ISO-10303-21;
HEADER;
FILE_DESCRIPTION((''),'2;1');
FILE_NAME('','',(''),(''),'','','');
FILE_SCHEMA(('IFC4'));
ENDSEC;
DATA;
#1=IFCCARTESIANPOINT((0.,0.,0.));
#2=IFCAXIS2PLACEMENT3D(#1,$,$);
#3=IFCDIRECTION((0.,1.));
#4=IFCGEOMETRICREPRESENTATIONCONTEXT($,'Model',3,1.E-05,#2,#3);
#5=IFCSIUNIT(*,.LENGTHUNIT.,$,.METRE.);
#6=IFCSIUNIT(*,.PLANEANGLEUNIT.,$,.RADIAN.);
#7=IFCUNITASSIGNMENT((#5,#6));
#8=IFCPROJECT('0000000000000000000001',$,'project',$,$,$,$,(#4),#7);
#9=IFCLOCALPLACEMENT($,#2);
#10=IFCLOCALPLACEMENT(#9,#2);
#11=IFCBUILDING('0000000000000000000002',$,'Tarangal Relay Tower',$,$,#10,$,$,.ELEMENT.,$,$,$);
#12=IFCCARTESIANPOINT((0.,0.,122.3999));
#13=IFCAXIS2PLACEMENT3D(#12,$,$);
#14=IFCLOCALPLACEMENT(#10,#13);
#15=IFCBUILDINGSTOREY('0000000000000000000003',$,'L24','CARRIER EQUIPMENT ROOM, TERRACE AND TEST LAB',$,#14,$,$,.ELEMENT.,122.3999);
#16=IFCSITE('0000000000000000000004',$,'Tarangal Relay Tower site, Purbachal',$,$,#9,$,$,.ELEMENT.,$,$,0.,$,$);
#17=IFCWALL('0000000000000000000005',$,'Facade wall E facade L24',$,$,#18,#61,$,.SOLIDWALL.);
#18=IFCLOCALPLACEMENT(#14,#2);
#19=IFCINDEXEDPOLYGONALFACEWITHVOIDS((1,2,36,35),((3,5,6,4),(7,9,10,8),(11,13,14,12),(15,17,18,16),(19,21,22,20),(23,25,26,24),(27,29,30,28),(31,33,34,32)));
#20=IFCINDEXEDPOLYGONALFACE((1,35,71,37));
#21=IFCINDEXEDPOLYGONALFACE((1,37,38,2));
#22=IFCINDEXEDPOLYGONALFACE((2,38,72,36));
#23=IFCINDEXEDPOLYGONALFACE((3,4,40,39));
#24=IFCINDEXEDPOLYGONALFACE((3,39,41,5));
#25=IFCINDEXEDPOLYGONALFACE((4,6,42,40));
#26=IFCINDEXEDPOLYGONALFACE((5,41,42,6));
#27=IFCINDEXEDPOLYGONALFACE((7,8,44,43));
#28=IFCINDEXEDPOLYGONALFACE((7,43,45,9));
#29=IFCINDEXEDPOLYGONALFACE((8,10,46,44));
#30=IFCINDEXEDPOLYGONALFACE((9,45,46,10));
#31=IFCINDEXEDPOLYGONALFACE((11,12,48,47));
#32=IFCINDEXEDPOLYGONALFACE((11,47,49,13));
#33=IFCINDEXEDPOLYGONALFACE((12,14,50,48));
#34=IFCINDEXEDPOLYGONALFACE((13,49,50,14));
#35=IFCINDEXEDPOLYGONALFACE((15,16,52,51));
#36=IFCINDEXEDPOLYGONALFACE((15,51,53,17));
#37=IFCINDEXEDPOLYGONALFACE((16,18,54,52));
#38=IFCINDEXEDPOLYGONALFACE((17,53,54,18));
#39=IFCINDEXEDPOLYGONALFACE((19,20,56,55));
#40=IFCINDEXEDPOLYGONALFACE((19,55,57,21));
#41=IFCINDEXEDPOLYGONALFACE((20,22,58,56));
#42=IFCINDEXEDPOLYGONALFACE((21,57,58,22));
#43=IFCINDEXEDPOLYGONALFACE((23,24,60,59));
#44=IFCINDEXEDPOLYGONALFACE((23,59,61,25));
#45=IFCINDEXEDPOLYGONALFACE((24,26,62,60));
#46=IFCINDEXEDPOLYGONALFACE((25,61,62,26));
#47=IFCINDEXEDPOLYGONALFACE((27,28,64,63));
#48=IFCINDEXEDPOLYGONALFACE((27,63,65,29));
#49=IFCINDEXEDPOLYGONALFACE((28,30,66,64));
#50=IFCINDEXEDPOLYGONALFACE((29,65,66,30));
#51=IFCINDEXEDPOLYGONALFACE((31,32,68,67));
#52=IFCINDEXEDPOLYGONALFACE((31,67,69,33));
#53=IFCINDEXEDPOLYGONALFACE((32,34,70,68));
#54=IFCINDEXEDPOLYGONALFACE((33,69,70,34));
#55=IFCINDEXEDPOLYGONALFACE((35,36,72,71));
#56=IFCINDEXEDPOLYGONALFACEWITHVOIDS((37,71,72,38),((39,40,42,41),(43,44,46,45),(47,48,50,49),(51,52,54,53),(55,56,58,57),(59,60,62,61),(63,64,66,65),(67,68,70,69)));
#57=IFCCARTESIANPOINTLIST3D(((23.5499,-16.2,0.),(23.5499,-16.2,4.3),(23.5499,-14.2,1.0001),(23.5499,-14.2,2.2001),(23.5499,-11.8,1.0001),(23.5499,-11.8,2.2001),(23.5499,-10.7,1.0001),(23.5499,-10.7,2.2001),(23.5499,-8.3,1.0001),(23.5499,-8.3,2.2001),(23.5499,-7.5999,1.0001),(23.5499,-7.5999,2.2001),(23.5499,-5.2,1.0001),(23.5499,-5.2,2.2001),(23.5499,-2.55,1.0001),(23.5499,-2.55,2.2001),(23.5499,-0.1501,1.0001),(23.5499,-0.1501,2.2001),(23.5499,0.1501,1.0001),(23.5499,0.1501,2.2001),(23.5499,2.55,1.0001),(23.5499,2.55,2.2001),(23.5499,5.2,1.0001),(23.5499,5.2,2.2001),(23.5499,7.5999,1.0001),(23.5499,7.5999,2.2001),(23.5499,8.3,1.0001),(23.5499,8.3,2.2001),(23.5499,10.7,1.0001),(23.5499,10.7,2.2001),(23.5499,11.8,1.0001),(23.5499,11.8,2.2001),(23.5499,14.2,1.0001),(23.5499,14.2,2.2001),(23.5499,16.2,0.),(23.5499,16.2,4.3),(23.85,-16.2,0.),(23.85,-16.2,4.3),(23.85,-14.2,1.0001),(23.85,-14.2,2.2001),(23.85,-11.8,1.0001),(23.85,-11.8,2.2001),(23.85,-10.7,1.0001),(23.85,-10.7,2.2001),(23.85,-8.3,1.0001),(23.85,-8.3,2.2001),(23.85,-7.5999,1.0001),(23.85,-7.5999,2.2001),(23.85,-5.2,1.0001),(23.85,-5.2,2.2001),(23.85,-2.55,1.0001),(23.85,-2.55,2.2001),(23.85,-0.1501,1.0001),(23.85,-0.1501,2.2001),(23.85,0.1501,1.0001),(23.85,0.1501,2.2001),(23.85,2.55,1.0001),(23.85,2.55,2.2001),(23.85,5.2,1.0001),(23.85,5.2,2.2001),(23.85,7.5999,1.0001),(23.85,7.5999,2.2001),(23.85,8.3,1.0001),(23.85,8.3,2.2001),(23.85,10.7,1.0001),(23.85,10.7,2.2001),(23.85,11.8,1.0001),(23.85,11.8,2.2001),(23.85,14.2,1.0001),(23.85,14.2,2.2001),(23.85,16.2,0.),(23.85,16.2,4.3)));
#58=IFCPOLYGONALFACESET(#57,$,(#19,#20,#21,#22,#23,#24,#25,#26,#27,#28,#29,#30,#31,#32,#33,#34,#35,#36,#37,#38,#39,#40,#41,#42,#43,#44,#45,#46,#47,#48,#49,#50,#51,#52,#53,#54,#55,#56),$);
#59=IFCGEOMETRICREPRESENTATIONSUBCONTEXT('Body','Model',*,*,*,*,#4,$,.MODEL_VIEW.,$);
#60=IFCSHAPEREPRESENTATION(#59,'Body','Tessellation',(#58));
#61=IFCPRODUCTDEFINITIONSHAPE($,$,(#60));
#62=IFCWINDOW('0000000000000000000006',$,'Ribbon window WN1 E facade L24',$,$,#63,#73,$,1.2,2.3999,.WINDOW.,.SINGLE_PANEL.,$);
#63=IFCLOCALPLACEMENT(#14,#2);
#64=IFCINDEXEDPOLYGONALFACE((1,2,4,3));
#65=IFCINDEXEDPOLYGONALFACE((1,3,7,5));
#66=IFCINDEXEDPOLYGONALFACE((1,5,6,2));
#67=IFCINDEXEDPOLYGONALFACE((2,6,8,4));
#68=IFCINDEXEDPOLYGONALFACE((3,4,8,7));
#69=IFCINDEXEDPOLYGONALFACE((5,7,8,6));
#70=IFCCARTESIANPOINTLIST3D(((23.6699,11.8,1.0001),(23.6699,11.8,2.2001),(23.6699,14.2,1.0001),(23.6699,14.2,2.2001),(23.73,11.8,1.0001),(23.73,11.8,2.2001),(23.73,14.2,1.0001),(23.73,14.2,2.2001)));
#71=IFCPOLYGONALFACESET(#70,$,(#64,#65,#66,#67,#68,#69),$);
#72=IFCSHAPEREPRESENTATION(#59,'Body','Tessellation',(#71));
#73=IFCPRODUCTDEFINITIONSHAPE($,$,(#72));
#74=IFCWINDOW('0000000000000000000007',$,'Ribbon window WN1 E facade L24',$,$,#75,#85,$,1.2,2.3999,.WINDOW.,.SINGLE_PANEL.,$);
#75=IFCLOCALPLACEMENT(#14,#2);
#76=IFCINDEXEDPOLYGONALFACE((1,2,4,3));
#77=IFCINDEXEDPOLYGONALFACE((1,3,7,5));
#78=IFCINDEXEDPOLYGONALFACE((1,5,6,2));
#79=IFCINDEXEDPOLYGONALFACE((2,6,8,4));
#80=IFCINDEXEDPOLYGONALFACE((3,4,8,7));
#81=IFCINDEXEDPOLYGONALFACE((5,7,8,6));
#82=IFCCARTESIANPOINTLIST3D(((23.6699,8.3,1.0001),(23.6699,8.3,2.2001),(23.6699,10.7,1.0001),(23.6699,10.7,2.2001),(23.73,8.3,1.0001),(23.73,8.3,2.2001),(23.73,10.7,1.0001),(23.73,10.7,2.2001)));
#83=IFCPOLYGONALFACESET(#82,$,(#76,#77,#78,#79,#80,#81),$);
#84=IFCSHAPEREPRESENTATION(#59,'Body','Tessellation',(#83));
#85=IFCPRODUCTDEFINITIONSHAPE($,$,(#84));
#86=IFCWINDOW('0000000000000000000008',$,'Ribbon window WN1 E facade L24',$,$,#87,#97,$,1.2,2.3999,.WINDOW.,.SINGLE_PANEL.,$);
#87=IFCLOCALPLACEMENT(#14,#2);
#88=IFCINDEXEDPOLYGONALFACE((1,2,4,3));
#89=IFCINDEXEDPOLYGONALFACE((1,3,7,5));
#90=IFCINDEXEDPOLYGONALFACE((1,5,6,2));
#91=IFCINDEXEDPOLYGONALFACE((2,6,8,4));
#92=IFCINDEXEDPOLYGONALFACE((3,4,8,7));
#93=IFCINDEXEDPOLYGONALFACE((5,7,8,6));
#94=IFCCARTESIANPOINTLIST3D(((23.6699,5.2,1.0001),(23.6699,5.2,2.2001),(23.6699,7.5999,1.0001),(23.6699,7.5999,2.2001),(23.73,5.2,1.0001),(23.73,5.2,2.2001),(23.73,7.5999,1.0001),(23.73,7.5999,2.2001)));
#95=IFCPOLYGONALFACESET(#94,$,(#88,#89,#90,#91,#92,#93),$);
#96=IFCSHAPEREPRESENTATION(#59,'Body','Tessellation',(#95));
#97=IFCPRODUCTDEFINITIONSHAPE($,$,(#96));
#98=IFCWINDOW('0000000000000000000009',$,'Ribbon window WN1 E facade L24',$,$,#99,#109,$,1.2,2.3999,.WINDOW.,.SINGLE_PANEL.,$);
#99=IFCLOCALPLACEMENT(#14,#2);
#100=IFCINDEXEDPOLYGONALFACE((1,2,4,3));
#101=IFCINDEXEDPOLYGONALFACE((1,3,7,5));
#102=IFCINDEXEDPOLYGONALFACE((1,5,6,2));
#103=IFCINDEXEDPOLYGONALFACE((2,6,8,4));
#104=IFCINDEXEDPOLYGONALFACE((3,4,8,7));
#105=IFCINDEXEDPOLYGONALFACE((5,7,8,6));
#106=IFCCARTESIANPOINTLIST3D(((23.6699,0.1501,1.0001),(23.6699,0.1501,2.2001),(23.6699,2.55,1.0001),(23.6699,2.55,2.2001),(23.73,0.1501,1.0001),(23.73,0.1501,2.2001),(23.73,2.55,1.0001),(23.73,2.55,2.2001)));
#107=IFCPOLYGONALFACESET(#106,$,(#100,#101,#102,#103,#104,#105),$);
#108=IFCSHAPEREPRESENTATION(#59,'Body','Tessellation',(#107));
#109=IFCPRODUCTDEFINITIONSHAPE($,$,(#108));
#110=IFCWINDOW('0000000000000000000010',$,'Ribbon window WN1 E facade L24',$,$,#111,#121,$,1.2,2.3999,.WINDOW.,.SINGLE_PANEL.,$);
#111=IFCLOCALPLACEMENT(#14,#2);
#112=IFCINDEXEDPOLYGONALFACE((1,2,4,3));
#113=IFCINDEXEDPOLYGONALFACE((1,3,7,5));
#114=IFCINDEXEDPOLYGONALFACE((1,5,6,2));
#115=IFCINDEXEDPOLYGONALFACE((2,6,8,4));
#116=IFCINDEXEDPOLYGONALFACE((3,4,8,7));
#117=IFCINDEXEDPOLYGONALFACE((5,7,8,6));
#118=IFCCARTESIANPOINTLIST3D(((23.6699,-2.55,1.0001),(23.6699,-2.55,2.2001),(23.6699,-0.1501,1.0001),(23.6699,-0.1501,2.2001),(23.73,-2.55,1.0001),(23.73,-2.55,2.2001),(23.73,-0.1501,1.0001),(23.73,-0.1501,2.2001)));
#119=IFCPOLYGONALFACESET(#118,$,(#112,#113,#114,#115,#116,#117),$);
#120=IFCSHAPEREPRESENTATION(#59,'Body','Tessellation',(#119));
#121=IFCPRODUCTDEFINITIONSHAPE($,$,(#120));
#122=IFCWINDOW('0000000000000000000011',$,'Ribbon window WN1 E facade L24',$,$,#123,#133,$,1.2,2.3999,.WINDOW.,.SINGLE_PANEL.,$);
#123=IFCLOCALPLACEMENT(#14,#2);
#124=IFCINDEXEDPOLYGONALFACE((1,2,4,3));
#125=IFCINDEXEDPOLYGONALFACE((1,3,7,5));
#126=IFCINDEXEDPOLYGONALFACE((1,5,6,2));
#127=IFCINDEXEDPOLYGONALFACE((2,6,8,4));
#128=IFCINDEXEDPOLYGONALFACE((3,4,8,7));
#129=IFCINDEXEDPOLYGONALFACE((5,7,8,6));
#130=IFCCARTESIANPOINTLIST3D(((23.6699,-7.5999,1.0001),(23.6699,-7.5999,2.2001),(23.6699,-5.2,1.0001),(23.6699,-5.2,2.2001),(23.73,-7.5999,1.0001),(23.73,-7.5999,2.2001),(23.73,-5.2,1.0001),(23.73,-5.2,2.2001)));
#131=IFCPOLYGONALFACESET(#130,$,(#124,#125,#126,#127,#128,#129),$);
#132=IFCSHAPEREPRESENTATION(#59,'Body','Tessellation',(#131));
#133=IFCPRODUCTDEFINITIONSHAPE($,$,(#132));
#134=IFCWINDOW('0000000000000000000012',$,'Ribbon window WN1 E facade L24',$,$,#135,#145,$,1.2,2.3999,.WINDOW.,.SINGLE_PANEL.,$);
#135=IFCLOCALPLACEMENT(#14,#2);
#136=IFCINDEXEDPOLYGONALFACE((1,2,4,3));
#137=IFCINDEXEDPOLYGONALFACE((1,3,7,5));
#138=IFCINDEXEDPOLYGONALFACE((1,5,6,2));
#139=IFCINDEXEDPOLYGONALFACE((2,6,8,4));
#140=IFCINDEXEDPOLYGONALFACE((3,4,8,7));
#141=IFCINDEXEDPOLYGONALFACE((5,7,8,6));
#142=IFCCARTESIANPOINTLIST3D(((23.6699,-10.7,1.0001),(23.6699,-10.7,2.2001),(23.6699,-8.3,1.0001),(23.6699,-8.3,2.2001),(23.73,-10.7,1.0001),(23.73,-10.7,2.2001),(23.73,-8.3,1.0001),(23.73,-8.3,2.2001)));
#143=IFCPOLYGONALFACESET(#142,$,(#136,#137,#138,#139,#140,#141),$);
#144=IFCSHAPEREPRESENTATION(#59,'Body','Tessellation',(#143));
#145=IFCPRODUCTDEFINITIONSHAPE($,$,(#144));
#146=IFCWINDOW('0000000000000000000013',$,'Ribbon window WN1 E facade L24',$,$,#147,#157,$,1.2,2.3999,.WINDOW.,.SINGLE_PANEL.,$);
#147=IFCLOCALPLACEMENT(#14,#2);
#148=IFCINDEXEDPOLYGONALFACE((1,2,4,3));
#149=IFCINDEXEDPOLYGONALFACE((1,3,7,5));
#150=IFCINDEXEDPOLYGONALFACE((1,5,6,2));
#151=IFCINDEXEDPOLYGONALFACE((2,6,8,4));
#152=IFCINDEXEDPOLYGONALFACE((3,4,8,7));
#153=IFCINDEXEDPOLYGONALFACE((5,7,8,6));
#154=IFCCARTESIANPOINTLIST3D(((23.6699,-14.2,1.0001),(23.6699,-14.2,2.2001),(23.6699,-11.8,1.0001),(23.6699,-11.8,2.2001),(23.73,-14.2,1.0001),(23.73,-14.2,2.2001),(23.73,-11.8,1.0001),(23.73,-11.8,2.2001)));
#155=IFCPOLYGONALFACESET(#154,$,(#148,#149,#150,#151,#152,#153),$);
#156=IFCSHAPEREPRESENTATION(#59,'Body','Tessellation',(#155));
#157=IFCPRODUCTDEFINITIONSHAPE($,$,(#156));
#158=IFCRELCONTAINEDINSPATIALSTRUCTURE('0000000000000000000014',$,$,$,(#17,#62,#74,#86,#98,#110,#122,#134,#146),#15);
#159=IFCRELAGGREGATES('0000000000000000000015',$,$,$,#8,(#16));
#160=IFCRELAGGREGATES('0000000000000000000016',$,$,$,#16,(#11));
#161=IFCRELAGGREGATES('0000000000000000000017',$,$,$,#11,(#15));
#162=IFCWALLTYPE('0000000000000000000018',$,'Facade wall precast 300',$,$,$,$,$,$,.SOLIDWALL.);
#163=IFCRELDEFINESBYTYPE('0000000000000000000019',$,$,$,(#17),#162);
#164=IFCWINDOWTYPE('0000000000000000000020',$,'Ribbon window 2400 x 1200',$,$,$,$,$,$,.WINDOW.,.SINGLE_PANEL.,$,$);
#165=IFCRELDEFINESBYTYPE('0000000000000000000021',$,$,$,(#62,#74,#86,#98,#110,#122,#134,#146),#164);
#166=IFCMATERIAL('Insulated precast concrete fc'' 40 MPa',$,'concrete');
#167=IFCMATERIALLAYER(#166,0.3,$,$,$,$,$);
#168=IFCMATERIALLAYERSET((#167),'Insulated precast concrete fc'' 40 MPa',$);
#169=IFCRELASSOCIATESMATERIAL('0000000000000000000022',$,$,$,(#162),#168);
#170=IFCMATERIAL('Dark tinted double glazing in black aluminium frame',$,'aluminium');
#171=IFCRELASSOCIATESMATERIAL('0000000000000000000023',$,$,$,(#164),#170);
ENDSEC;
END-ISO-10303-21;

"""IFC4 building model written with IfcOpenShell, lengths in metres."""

from ifc_helpers import new_model, si_unit, direction, frame, frame_2d, origin, place, context, subcontext, project, spatial, rectangle, extrude, material, layer, layer_set, type_object, element, fill, save


model = new_model("IFC4")

# Units and contexts
model_context = context("Model", 3, precision=1e-05, world=origin(), true_north=direction((0.0, 1.0)))
body_context = subcontext(model_context, "Body", "Model", "MODEL_VIEW")
ifc_project = project(units=[si_unit("LENGTHUNIT", "METRE"), si_unit("PLANEANGLEUNIT", "RADIAN")], contexts=[model_context])

# Site, building, storey
site_placement = place(None, origin())
site = spatial("IfcSite", under=ifc_project, at=site_placement, Name="Tarangal Relay Tower site, Purbachal", CompositionType="ELEMENT", RefElevation=0.0)
building_placement = place(site_placement, origin())
building = spatial("IfcBuilding", under=site, at=building_placement, Name="Tarangal Relay Tower", CompositionType="ELEMENT")
storey_placement = place(building_placement, frame((0.0, 0.0, 122.3999)))
storey = spatial("IfcBuildingStorey", under=building, at=storey_placement, Name="L24", Description="CARRIER EQUIPMENT ROOM, TERRACE AND TEST LAB", CompositionType="ELEMENT", Elevation=122.3999)

# Shared definitions
ifc_material_1 = material(Name="Insulated precast concrete fc' 40 MPa", Category="concrete")
ifc_layer_1 = layer(ifc_material_1, 0.3)
ifc_layer_set_1 = layer_set([ifc_layer_1], Name="Insulated precast concrete fc' 40 MPa")
wall_type_1 = type_object("IfcWallType", Name="Facade wall precast 300", PredefinedType="SOLIDWALL", material=ifc_layer_set_1)

# Wall, openings, windows
wall_1_placement = place(storey_placement, frame((23.7, 16.2, 0.0), z_axis=(0.0, 0.0, 1.0), x_axis=(0.0, -1.0, 0.0)))
wall_1 = element("IfcWall", 1, at=wall_1_placement, inside=storey, type_object=wall_type_1, Name="Facade wall E facade L24", PredefinedType="SOLIDWALL", context=body_context, shape_type="SweptSolid", body=[
    extrude(rectangle(XDim=32.3999, YDim=0.3, at=frame_2d((16.2, 0.0))), origin(), (0.0, 0.0, 1.0), 4.3),
])
opening_1_placement = place(wall_1_placement, frame((2.0, 0.0, 1.0)))
opening_1 = element("IfcOpeningElement", 2, at=opening_1_placement, cuts=wall_1, PredefinedType="OPENING", context=body_context, shape_type="SweptSolid", body=[
    extrude(rectangle(XDim=2.3999, YDim=1.2, at=frame_2d((1.2, 0.6001))), frame((0.0, 0.1599, 0.0), z_axis=(0.0, -1.0, 0.0), x_axis=(1.0, 0.0, 0.0)), (0.0, 0.0, 1.0), 0.3201),
])
opening_2_placement = place(wall_1_placement, frame((5.5, 0.0, 1.0)))
opening_2 = element("IfcOpeningElement", 3, at=opening_2_placement, cuts=wall_1, PredefinedType="OPENING", context=body_context, shape_type="SweptSolid", body=[
    extrude(rectangle(XDim=2.3999, YDim=1.2, at=frame_2d((1.2, 0.6001))), frame((0.0, 0.1599, 0.0), z_axis=(0.0, -1.0, 0.0), x_axis=(1.0, 0.0, 0.0)), (0.0, 0.0, 1.0), 0.3201),
])
opening_3_placement = place(wall_1_placement, frame((8.6001, 0.0, 1.0)))
opening_3 = element("IfcOpeningElement", 4, at=opening_3_placement, cuts=wall_1, PredefinedType="OPENING", context=body_context, shape_type="SweptSolid", body=[
    extrude(rectangle(XDim=2.3999, YDim=1.2, at=frame_2d((1.2, 0.6001))), frame((0.0, 0.1599, 0.0), z_axis=(0.0, -1.0, 0.0), x_axis=(1.0, 0.0, 0.0)), (0.0, 0.0, 1.0), 0.3201),
])
opening_4_placement = place(wall_1_placement, frame((13.6499, 0.0, 1.0)))
opening_4 = element("IfcOpeningElement", 5, at=opening_4_placement, cuts=wall_1, PredefinedType="OPENING", context=body_context, shape_type="SweptSolid", body=[
    extrude(rectangle(XDim=2.3999, YDim=1.2, at=frame_2d((1.2, 0.6001))), frame((0.0, 0.1599, 0.0), z_axis=(0.0, -1.0, 0.0), x_axis=(1.0, 0.0, 0.0)), (0.0, 0.0, 1.0), 0.3201),
])
opening_5_placement = place(wall_1_placement, frame((16.3501, 0.0, 1.0)))
opening_5 = element("IfcOpeningElement", 6, at=opening_5_placement, cuts=wall_1, PredefinedType="OPENING", context=body_context, shape_type="SweptSolid", body=[
    extrude(rectangle(XDim=2.3999, YDim=1.2, at=frame_2d((1.2, 0.6001))), frame((0.0, 0.1599, 0.0), z_axis=(0.0, -1.0, 0.0), x_axis=(1.0, 0.0, 0.0)), (0.0, 0.0, 1.0), 0.3201),
])
opening_6_placement = place(wall_1_placement, frame((21.3999, 0.0, 1.0)))
opening_6 = element("IfcOpeningElement", 7, at=opening_6_placement, cuts=wall_1, PredefinedType="OPENING", context=body_context, shape_type="SweptSolid", body=[
    extrude(rectangle(XDim=2.3999, YDim=1.2, at=frame_2d((1.2, 0.6001))), frame((0.0, 0.1599, 0.0), z_axis=(0.0, -1.0, 0.0), x_axis=(1.0, 0.0, 0.0)), (0.0, 0.0, 1.0), 0.3201),
])
opening_7_placement = place(wall_1_placement, frame((24.5, 0.0, 1.0)))
opening_7 = element("IfcOpeningElement", 8, at=opening_7_placement, cuts=wall_1, PredefinedType="OPENING", context=body_context, shape_type="SweptSolid", body=[
    extrude(rectangle(XDim=2.3999, YDim=1.2, at=frame_2d((1.2, 0.6001))), frame((0.0, 0.1599, 0.0), z_axis=(0.0, -1.0, 0.0), x_axis=(1.0, 0.0, 0.0)), (0.0, 0.0, 1.0), 0.3201),
])
opening_8_placement = place(wall_1_placement, frame((28.0, 0.0, 1.0)))
opening_8 = element("IfcOpeningElement", 9, at=opening_8_placement, cuts=wall_1, PredefinedType="OPENING", context=body_context, shape_type="SweptSolid", body=[
    extrude(rectangle(XDim=2.3999, YDim=1.2, at=frame_2d((1.2, 0.6001))), frame((0.0, 0.1599, 0.0), z_axis=(0.0, -1.0, 0.0), x_axis=(1.0, 0.0, 0.0)), (0.0, 0.0, 1.0), 0.3201),
])
ifc_material_2 = material(Name="Dark tinted double glazing in black aluminium frame", Category="aluminium")
window_type = type_object("IfcWindowType", Name="Ribbon window 2400 x 1200", PartitioningType="SINGLE_PANEL", PredefinedType="WINDOW", material=ifc_material_2)
window_1_placement = place(opening_1_placement, origin())
window_1 = element("IfcWindow", 10, at=window_1_placement, inside=storey, type_object=window_type, Name="Ribbon window WN1 E facade L24", OverallHeight=1.2, OverallWidth=2.3999, PartitioningType="SINGLE_PANEL", PredefinedType="WINDOW", context=body_context, shape_type="SweptSolid", body=[
    extrude(rectangle(XDim=2.3999, YDim=1.2, at=frame_2d((1.2, 0.6001))), frame((0.0, 0.03, 0.0), z_axis=(0.0, -1.0, 0.0), x_axis=(1.0, 0.0, 0.0)), (0.0, 0.0, 1.0), 0.0601),
])
fill(opening_1, window_1)
window_2_placement = place(opening_2_placement, origin())
window_2 = element("IfcWindow", 11, at=window_2_placement, inside=storey, type_object=window_type, Name="Ribbon window WN1 E facade L24", OverallHeight=1.2, OverallWidth=2.3999, PartitioningType="SINGLE_PANEL", PredefinedType="WINDOW", context=body_context, shape_type="SweptSolid", body=[
    extrude(rectangle(XDim=2.3999, YDim=1.2, at=frame_2d((1.2, 0.6001))), frame((0.0, 0.03, 0.0), z_axis=(0.0, -1.0, 0.0), x_axis=(1.0, 0.0, 0.0)), (0.0, 0.0, 1.0), 0.0601),
])
fill(opening_2, window_2)
window_3_placement = place(opening_3_placement, origin())
window_3 = element("IfcWindow", 12, at=window_3_placement, inside=storey, type_object=window_type, Name="Ribbon window WN1 E facade L24", OverallHeight=1.2, OverallWidth=2.3999, PartitioningType="SINGLE_PANEL", PredefinedType="WINDOW", context=body_context, shape_type="SweptSolid", body=[
    extrude(rectangle(XDim=2.3999, YDim=1.2, at=frame_2d((1.2, 0.6001))), frame((0.0, 0.03, 0.0), z_axis=(0.0, -1.0, 0.0), x_axis=(1.0, 0.0, 0.0)), (0.0, 0.0, 1.0), 0.0601),
])
fill(opening_3, window_3)
window_4_placement = place(opening_4_placement, origin())
window_4 = element("IfcWindow", 13, at=window_4_placement, inside=storey, type_object=window_type, Name="Ribbon window WN1 E facade L24", OverallHeight=1.2, OverallWidth=2.3999, PartitioningType="SINGLE_PANEL", PredefinedType="WINDOW", context=body_context, shape_type="SweptSolid", body=[
    extrude(rectangle(XDim=2.3999, YDim=1.2, at=frame_2d((1.2, 0.6001))), frame((0.0, 0.03, 0.0), z_axis=(0.0, -1.0, 0.0), x_axis=(1.0, 0.0, 0.0)), (0.0, 0.0, 1.0), 0.0601),
])
fill(opening_4, window_4)
window_5_placement = place(opening_5_placement, origin())
window_5 = element("IfcWindow", 14, at=window_5_placement, inside=storey, type_object=window_type, Name="Ribbon window WN1 E facade L24", OverallHeight=1.2, OverallWidth=2.3999, PartitioningType="SINGLE_PANEL", PredefinedType="WINDOW", context=body_context, shape_type="SweptSolid", body=[
    extrude(rectangle(XDim=2.3999, YDim=1.2, at=frame_2d((1.2, 0.6001))), frame((0.0, 0.03, 0.0), z_axis=(0.0, -1.0, 0.0), x_axis=(1.0, 0.0, 0.0)), (0.0, 0.0, 1.0), 0.0601),
])
fill(opening_5, window_5)
window_6_placement = place(opening_6_placement, origin())
window_6 = element("IfcWindow", 15, at=window_6_placement, inside=storey, type_object=window_type, Name="Ribbon window WN1 E facade L24", OverallHeight=1.2, OverallWidth=2.3999, PartitioningType="SINGLE_PANEL", PredefinedType="WINDOW", context=body_context, shape_type="SweptSolid", body=[
    extrude(rectangle(XDim=2.3999, YDim=1.2, at=frame_2d((1.2, 0.6001))), frame((0.0, 0.03, 0.0), z_axis=(0.0, -1.0, 0.0), x_axis=(1.0, 0.0, 0.0)), (0.0, 0.0, 1.0), 0.0601),
])
fill(opening_6, window_6)
window_7_placement = place(opening_7_placement, origin())
window_7 = element("IfcWindow", 16, at=window_7_placement, inside=storey, type_object=window_type, Name="Ribbon window WN1 E facade L24", OverallHeight=1.2, OverallWidth=2.3999, PartitioningType="SINGLE_PANEL", PredefinedType="WINDOW", context=body_context, shape_type="SweptSolid", body=[
    extrude(rectangle(XDim=2.3999, YDim=1.2, at=frame_2d((1.2, 0.6001))), frame((0.0, 0.03, 0.0), z_axis=(0.0, -1.0, 0.0), x_axis=(1.0, 0.0, 0.0)), (0.0, 0.0, 1.0), 0.0601),
])
fill(opening_7, window_7)
window_8_placement = place(opening_8_placement, origin())
window_8 = element("IfcWindow", 17, at=window_8_placement, inside=storey, type_object=window_type, Name="Ribbon window WN1 E facade L24", OverallHeight=1.2, OverallWidth=2.3999, PartitioningType="SINGLE_PANEL", PredefinedType="WINDOW", context=body_context, shape_type="SweptSolid", body=[
    extrude(rectangle(XDim=2.3999, YDim=1.2, at=frame_2d((1.2, 0.6001))), frame((0.0, 0.03, 0.0), z_axis=(0.0, -1.0, 0.0), x_axis=(1.0, 0.0, 0.0)), (0.0, 0.0, 1.0), 0.0601),
])
fill(opening_8, window_8)

save(model, "model.ifc")
